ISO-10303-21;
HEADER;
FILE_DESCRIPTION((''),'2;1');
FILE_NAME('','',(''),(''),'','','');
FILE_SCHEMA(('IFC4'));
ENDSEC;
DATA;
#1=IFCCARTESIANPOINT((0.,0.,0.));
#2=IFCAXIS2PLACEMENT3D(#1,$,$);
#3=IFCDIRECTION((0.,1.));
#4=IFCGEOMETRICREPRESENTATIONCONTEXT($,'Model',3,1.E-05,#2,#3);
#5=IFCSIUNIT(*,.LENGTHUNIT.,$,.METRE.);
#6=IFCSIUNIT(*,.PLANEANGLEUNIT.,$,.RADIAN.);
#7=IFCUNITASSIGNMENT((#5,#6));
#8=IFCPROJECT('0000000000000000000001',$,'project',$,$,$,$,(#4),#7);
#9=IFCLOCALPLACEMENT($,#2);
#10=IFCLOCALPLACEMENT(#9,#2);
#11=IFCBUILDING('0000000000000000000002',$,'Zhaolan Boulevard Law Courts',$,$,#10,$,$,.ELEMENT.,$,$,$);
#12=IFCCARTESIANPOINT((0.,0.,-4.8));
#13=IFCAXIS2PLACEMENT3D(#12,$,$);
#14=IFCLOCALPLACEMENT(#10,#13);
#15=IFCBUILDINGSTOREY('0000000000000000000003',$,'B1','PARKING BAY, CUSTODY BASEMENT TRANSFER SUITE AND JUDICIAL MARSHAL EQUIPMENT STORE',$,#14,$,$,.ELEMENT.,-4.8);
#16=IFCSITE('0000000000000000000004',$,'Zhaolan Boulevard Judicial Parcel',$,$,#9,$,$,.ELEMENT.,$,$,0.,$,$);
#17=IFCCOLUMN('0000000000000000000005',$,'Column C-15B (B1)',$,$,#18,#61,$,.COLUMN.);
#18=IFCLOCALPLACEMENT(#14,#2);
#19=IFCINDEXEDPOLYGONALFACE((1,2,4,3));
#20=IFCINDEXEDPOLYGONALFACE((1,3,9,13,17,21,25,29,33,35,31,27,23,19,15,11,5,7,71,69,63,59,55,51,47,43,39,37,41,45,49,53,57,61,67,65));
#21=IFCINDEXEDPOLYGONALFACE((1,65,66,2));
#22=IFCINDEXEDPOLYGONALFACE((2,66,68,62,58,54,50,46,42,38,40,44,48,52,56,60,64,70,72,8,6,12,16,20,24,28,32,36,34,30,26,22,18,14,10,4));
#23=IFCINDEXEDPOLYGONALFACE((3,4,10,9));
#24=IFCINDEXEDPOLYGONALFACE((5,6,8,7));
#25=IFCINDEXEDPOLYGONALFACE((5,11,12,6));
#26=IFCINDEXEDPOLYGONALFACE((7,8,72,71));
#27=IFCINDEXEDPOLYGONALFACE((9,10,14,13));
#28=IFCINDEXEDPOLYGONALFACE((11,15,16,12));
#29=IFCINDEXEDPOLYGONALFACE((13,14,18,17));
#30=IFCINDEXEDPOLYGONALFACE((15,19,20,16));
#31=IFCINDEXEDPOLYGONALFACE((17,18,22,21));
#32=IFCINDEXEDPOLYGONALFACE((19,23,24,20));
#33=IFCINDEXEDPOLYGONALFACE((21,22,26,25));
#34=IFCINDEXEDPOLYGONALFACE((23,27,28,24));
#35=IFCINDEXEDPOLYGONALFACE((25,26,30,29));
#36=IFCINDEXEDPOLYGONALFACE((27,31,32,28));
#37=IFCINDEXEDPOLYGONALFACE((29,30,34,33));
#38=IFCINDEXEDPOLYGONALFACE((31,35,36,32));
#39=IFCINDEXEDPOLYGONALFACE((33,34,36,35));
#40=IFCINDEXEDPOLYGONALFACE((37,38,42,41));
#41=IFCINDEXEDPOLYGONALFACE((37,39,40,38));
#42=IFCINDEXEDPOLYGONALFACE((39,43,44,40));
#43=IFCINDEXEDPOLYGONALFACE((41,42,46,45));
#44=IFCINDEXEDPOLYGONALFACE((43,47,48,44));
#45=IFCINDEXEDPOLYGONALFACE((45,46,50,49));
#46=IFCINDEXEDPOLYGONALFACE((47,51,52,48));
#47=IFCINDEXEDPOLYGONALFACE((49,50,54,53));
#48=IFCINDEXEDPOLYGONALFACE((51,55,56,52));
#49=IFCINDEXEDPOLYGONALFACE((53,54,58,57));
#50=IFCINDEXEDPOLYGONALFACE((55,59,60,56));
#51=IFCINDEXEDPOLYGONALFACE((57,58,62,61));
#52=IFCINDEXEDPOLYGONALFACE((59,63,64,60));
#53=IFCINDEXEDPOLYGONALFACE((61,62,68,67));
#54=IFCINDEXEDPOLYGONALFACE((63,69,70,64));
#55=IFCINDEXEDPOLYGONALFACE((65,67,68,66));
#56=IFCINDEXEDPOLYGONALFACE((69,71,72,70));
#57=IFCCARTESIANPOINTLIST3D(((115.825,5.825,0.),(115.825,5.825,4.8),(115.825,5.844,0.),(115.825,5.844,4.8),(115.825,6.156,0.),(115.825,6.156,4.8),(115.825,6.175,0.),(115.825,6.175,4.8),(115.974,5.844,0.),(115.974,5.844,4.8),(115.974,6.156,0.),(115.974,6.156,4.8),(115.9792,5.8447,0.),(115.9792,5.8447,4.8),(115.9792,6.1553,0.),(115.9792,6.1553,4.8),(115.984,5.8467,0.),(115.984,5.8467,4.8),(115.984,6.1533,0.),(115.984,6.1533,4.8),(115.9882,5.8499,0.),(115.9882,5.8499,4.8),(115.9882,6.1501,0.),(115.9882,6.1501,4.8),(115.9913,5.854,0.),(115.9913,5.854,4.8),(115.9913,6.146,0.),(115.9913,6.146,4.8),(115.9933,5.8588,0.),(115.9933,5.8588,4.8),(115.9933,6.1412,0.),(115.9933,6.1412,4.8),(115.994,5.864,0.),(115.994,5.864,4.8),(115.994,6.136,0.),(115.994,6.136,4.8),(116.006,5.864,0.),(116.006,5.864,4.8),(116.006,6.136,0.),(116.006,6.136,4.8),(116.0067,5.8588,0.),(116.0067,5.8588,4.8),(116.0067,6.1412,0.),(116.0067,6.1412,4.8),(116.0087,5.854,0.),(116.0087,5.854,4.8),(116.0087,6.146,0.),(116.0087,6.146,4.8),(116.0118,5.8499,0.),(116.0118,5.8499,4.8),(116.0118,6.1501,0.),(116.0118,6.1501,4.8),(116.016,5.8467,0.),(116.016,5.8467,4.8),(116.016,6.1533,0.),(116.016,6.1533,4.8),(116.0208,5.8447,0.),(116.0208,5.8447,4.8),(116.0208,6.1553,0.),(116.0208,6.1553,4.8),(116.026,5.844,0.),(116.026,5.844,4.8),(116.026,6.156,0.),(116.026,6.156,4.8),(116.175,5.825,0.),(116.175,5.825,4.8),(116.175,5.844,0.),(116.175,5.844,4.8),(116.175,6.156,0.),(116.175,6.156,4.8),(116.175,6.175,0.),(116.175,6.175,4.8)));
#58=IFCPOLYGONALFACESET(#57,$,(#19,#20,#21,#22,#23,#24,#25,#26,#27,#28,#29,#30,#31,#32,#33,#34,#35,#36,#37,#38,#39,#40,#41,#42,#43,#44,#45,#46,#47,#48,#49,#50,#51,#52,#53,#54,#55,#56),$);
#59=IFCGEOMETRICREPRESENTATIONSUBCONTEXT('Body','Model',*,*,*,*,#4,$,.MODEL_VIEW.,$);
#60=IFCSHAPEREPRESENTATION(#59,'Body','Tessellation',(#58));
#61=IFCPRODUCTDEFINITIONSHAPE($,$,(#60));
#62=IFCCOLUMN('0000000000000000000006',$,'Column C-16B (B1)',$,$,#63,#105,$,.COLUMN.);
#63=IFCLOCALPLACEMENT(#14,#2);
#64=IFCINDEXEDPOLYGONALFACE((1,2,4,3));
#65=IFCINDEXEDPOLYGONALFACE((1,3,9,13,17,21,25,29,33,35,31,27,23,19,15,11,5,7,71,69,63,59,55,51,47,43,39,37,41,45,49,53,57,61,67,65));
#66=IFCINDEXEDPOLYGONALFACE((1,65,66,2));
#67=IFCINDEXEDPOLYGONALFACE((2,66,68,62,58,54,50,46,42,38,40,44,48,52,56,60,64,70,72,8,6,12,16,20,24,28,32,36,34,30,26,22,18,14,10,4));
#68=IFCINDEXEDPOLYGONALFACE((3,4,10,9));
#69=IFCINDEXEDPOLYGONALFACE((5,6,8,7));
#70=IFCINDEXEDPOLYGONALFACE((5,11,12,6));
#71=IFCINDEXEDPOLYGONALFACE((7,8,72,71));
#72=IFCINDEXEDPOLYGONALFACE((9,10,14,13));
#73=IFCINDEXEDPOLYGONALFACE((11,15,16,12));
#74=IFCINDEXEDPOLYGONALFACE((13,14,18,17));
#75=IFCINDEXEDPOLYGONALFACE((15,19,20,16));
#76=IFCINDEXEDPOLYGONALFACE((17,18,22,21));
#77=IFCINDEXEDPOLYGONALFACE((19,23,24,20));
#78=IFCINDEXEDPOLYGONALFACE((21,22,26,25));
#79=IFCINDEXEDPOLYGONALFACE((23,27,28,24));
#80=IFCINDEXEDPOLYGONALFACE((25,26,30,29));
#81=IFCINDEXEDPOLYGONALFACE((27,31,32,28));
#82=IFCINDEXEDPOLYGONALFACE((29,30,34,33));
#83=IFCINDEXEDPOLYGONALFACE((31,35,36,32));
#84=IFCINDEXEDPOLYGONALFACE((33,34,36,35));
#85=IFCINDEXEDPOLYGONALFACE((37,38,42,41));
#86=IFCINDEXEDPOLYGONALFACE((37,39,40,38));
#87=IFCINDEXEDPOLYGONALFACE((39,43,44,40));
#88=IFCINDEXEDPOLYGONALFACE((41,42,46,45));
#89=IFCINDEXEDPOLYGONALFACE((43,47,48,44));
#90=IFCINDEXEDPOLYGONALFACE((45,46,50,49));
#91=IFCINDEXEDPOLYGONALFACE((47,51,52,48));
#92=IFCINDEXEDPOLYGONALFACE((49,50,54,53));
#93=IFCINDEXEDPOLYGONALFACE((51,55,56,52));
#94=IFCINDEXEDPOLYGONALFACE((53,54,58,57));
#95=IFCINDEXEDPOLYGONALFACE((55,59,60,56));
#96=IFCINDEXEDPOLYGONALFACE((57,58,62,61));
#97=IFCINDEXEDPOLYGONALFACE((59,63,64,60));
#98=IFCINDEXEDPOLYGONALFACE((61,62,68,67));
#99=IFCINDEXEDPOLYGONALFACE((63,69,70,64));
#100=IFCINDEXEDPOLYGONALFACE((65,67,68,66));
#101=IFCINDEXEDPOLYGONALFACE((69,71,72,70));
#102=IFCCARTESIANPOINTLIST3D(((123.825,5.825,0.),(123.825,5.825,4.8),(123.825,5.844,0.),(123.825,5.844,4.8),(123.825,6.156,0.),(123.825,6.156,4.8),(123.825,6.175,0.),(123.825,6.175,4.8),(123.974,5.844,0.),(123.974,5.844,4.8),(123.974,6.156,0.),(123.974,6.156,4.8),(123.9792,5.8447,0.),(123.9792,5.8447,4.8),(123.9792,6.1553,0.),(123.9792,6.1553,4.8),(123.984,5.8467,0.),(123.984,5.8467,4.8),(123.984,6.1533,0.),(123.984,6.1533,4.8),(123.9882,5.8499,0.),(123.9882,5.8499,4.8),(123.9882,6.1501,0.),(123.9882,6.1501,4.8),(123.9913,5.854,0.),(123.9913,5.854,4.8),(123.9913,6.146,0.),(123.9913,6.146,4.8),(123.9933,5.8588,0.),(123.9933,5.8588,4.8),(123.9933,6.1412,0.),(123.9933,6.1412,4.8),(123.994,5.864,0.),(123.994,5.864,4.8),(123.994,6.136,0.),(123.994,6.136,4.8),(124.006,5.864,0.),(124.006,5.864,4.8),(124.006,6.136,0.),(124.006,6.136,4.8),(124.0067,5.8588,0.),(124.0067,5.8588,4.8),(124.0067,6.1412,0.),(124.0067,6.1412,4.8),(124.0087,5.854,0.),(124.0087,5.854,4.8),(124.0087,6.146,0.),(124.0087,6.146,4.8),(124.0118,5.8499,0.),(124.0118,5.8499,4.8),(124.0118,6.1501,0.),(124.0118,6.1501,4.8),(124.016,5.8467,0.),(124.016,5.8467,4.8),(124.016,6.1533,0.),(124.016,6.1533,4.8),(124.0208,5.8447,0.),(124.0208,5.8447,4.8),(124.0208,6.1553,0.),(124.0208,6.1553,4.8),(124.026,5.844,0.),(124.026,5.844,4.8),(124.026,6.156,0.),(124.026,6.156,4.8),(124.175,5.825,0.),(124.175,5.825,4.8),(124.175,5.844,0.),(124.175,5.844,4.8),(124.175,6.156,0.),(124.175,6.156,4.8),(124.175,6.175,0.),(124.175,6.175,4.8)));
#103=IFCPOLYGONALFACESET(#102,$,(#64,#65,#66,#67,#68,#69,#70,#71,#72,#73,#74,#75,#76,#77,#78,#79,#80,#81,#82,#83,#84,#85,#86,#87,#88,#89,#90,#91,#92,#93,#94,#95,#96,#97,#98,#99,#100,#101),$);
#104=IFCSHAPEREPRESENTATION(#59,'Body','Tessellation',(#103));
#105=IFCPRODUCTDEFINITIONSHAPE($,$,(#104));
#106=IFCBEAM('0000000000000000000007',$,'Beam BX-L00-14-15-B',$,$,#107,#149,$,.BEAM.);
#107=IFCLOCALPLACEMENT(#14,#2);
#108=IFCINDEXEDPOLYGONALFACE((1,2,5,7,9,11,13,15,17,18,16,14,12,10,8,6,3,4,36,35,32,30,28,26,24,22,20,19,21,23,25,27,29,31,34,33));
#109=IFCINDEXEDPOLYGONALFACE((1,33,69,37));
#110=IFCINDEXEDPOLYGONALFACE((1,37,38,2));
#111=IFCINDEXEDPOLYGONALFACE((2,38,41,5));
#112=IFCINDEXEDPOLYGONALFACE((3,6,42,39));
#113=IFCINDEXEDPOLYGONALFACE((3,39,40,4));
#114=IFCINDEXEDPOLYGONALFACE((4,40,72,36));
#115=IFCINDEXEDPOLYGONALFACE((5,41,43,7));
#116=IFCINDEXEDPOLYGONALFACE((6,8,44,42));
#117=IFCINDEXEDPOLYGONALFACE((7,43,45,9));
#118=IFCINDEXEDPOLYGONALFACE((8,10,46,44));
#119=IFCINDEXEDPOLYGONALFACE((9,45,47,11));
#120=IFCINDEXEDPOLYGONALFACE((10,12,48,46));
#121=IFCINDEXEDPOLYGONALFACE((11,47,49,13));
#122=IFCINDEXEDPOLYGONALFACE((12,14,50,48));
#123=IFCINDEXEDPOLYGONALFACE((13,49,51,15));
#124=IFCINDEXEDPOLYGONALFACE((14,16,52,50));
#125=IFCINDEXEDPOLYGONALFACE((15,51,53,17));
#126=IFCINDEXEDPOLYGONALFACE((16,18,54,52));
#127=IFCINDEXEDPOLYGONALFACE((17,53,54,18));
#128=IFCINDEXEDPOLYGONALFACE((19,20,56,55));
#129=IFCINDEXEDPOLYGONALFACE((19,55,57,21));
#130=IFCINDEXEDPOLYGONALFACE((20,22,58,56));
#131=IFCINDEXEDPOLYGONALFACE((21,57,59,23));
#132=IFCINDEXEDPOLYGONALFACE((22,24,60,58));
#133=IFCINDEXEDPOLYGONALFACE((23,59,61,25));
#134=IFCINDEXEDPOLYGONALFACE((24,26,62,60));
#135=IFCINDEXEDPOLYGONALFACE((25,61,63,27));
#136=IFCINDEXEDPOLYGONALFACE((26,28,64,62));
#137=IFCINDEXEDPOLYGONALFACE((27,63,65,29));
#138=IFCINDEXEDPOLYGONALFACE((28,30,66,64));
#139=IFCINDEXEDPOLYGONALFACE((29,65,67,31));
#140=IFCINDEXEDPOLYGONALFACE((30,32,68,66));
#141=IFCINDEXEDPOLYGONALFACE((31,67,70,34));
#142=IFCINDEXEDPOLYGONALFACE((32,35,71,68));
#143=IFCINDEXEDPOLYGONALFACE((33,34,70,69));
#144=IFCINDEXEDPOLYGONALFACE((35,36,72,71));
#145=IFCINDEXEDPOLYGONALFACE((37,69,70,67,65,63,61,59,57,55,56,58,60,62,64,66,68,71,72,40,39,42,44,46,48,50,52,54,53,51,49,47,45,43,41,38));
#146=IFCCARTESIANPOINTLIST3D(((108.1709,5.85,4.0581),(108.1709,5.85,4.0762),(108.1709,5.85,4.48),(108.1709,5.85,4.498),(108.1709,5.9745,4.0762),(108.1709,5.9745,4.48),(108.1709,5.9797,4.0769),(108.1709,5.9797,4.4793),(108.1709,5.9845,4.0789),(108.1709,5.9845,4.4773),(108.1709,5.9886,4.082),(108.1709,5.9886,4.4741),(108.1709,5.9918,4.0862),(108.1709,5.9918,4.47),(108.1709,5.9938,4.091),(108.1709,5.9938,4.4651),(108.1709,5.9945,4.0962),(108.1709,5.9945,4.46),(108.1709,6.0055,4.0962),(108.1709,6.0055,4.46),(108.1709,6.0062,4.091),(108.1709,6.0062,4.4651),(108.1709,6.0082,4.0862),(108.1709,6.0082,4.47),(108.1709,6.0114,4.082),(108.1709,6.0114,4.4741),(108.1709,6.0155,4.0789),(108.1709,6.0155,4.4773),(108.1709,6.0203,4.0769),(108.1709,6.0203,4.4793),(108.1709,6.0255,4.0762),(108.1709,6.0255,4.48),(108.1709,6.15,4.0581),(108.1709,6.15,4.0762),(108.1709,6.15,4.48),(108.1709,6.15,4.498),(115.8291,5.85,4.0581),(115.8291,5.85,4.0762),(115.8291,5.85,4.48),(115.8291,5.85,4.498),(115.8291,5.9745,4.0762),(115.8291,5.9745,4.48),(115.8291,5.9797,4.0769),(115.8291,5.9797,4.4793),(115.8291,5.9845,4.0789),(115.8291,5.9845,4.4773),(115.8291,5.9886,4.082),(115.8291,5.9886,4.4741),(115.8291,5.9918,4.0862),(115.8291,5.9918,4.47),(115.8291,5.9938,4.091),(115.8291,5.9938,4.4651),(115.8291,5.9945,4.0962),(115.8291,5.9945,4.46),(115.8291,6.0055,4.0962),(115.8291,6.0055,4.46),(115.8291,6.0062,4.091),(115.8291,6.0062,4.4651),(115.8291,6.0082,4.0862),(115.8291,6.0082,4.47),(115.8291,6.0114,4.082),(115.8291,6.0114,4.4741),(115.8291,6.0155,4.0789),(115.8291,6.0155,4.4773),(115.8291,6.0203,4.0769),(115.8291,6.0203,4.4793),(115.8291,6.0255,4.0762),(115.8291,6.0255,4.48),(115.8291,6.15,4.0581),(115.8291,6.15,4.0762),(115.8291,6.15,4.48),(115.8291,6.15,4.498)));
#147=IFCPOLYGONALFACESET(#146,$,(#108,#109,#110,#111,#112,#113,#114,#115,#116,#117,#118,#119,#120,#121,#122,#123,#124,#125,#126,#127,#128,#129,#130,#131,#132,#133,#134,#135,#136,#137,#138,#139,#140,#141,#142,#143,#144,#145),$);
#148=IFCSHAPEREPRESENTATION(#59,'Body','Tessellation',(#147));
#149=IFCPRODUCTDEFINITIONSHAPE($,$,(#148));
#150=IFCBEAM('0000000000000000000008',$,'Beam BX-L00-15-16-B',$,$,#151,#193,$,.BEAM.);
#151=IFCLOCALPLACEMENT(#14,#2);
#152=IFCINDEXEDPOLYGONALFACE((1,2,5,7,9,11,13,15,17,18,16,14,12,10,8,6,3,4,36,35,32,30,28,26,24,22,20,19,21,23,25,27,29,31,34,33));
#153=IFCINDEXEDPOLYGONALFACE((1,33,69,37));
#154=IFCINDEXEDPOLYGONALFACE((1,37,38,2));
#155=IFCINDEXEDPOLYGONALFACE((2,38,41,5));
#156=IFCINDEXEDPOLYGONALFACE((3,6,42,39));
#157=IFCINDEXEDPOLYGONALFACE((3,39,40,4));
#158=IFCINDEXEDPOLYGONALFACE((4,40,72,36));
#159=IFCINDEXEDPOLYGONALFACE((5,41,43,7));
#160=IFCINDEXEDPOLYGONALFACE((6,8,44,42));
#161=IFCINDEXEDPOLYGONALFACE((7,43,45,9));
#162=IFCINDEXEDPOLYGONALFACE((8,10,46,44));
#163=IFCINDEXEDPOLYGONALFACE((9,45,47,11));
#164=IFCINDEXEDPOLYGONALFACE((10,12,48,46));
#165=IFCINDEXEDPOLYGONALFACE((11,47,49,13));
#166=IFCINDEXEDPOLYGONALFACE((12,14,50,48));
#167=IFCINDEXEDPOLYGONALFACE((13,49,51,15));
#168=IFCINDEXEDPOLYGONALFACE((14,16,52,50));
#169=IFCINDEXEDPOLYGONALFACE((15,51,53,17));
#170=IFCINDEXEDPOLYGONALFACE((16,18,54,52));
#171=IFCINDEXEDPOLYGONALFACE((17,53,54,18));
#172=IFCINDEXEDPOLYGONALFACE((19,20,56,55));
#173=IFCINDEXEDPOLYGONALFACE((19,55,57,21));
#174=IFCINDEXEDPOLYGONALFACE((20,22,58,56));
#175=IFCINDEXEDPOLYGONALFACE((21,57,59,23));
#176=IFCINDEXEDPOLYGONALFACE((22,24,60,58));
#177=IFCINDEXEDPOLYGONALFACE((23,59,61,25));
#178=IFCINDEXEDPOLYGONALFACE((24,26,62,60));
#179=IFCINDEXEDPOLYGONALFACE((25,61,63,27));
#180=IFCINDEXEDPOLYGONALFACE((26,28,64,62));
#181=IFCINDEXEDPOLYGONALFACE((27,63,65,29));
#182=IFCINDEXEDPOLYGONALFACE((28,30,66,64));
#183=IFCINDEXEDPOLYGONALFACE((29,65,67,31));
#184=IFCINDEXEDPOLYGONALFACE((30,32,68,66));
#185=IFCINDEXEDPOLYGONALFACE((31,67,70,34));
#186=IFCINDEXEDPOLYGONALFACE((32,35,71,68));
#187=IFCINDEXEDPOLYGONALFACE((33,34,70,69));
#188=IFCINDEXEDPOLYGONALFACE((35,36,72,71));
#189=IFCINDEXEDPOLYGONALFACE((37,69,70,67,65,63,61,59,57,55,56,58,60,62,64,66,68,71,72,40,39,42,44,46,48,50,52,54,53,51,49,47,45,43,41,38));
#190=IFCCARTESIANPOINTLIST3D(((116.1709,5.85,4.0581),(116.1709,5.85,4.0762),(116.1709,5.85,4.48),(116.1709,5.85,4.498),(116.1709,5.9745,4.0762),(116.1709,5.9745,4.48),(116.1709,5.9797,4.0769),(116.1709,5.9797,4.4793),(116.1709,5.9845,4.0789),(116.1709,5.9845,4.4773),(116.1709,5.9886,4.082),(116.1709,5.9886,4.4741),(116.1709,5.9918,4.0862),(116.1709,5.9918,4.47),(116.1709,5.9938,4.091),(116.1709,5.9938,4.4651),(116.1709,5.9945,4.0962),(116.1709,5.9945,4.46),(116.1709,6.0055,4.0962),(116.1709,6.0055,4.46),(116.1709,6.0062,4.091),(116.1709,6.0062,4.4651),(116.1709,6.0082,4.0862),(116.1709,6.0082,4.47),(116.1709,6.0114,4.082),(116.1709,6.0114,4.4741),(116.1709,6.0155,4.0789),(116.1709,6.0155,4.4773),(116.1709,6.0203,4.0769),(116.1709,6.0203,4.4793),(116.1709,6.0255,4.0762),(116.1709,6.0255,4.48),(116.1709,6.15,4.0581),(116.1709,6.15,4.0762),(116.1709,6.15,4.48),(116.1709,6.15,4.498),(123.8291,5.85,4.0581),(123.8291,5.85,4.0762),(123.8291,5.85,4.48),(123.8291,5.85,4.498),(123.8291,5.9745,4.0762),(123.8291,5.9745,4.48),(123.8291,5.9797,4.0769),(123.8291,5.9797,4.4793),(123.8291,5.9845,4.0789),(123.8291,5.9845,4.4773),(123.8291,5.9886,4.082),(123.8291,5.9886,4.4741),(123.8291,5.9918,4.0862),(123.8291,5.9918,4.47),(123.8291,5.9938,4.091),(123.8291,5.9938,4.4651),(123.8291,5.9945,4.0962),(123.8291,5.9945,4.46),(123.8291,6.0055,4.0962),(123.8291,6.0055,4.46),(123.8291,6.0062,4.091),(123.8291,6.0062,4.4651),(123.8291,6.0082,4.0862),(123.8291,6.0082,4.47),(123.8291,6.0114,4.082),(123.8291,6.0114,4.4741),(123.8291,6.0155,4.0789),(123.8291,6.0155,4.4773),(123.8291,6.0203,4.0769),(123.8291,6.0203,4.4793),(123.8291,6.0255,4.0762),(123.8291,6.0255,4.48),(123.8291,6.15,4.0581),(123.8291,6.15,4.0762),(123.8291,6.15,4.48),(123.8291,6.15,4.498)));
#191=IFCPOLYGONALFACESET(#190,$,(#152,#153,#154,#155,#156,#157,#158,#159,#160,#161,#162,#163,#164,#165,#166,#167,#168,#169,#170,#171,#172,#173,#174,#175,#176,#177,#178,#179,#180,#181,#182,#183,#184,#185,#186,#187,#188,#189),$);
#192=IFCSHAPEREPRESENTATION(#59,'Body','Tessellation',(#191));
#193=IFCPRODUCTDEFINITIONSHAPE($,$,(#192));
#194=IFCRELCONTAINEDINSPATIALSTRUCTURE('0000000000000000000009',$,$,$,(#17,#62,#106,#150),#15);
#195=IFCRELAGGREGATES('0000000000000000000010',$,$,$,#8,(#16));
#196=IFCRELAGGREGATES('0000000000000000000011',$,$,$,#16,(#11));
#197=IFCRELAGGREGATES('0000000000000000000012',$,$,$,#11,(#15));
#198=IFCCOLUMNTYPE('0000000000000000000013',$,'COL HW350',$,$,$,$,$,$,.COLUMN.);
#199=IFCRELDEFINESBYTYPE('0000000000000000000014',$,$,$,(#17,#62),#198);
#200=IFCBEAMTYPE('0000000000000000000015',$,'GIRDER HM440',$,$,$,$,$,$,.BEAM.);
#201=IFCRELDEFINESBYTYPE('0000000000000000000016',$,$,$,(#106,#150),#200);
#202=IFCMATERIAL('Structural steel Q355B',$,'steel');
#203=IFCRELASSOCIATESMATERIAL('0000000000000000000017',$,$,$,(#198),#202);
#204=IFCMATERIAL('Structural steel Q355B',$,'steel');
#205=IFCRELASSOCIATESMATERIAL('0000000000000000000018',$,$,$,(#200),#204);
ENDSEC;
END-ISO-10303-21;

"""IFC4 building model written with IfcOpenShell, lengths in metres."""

from ifc_helpers import new_model, si_unit, direction, frame, origin, origin_2d, place, context, subcontext, project, spatial, i_section, extrude, material, material_profile, profile_set, type_object, element, save


model = new_model("IFC4")

# Units and contexts
model_context = context("Model", 3, precision=1e-05, world=origin(), true_north=direction((0.0, 1.0)))
body_context = subcontext(model_context, "Body", "Model", "MODEL_VIEW")
ifc_project = project(units=[si_unit("LENGTHUNIT", "METRE"), si_unit("PLANEANGLEUNIT", "RADIAN")], contexts=[model_context])

# Site, building, storey
site_placement = place(None, origin())
site = spatial("IfcSite", under=ifc_project, at=site_placement, Name="Zhaolan Boulevard Judicial Parcel", CompositionType="ELEMENT", RefElevation=0.0)
building_placement = place(site_placement, origin())
building = spatial("IfcBuilding", under=site, at=building_placement, Name="Zhaolan Boulevard Law Courts", CompositionType="ELEMENT")
storey_placement = place(building_placement, frame((0.0, 0.0, -4.8)))
storey = spatial("IfcBuildingStorey", under=building, at=storey_placement, Name="B1", Description="PARKING BAY, CUSTODY BASEMENT TRANSFER SUITE AND JUDICIAL MARSHAL EQUIPMENT STORE", CompositionType="ELEMENT", Elevation=-4.8)

# Columns
ifc_material_1 = material(Name="Structural steel Q355B", Category="steel")
ifc_material_profile_1 = material_profile(ifc_material_1, i_section(OverallWidth=0.3501, OverallDepth=0.3501, WebThickness=0.012, FlangeThickness=0.019, FilletRadius=0.02, at=origin_2d()), Name="HW350x350")
ifc_profile_set_1 = profile_set([ifc_material_profile_1], Name="Structural steel Q355B")
column_type = type_object("IfcColumnType", Name="COL HW350", PredefinedType="COLUMN", material=ifc_profile_set_1)
for number, where, z_axis, x_axis, name in (
    (1, (116.0, 6.0, 0.0), (0.0, 0.0, 1.0), (1.0, 0.0, 0.0), "Column C-15B (B1)"),
    (2, (124.0, 6.0, 0.0), (0.0, 0.0, 1.0), (1.0, 0.0, 0.0), "Column C-16B (B1)"),
):
    element("IfcColumn", number, at=place(storey_placement, frame(where, z_axis=z_axis, x_axis=x_axis)), inside=storey, type_object=column_type, Name=name, PredefinedType="COLUMN", context=body_context, shape_type="SweptSolid", body=[
        extrude(i_section(OverallWidth=0.3501, OverallDepth=0.3501, WebThickness=0.012, FlangeThickness=0.019, FilletRadius=0.02, at=origin_2d()), origin(), (0.0, 0.0, 1.0), 4.8),
    ])

# Beams
ifc_material_2 = material(Name="Structural steel Q355B", Category="steel")
ifc_material_profile_2 = material_profile(ifc_material_2, i_section(OverallWidth=0.3, OverallDepth=0.4399, WebThickness=0.011, FlangeThickness=0.0181, FilletRadius=0.02, at=origin_2d()), Name="HM440x300")
ifc_profile_set_2 = profile_set([ifc_material_profile_2], Name="Structural steel Q355B")
beam_type_1 = type_object("IfcBeamType", Name="GIRDER HM440", PredefinedType="BEAM", material=ifc_profile_set_2)
for number, where, z_axis, x_axis, name in (
    (3, (108.1709, 6.0, 4.2781), (1.0, 0.0, 0.0), (0.0, 1.0, 0.0), "Beam BX-L00-14-15-B"),
    (4, (116.1709, 6.0, 4.2781), (1.0, 0.0, 0.0), (0.0, 1.0, 0.0), "Beam BX-L00-15-16-B"),
):
    element("IfcBeam", number, at=place(storey_placement, frame(where, z_axis=z_axis, x_axis=x_axis)), inside=storey, type_object=beam_type_1, Name=name, PredefinedType="BEAM", context=body_context, shape_type="SweptSolid", body=[
        extrude(i_section(OverallWidth=0.3, OverallDepth=0.4399, WebThickness=0.011, FlangeThickness=0.0181, FilletRadius=0.02, at=origin_2d()), origin(), (0.0, 0.0, 1.0), 7.6582),
    ])

save(model, "model.ifc")
